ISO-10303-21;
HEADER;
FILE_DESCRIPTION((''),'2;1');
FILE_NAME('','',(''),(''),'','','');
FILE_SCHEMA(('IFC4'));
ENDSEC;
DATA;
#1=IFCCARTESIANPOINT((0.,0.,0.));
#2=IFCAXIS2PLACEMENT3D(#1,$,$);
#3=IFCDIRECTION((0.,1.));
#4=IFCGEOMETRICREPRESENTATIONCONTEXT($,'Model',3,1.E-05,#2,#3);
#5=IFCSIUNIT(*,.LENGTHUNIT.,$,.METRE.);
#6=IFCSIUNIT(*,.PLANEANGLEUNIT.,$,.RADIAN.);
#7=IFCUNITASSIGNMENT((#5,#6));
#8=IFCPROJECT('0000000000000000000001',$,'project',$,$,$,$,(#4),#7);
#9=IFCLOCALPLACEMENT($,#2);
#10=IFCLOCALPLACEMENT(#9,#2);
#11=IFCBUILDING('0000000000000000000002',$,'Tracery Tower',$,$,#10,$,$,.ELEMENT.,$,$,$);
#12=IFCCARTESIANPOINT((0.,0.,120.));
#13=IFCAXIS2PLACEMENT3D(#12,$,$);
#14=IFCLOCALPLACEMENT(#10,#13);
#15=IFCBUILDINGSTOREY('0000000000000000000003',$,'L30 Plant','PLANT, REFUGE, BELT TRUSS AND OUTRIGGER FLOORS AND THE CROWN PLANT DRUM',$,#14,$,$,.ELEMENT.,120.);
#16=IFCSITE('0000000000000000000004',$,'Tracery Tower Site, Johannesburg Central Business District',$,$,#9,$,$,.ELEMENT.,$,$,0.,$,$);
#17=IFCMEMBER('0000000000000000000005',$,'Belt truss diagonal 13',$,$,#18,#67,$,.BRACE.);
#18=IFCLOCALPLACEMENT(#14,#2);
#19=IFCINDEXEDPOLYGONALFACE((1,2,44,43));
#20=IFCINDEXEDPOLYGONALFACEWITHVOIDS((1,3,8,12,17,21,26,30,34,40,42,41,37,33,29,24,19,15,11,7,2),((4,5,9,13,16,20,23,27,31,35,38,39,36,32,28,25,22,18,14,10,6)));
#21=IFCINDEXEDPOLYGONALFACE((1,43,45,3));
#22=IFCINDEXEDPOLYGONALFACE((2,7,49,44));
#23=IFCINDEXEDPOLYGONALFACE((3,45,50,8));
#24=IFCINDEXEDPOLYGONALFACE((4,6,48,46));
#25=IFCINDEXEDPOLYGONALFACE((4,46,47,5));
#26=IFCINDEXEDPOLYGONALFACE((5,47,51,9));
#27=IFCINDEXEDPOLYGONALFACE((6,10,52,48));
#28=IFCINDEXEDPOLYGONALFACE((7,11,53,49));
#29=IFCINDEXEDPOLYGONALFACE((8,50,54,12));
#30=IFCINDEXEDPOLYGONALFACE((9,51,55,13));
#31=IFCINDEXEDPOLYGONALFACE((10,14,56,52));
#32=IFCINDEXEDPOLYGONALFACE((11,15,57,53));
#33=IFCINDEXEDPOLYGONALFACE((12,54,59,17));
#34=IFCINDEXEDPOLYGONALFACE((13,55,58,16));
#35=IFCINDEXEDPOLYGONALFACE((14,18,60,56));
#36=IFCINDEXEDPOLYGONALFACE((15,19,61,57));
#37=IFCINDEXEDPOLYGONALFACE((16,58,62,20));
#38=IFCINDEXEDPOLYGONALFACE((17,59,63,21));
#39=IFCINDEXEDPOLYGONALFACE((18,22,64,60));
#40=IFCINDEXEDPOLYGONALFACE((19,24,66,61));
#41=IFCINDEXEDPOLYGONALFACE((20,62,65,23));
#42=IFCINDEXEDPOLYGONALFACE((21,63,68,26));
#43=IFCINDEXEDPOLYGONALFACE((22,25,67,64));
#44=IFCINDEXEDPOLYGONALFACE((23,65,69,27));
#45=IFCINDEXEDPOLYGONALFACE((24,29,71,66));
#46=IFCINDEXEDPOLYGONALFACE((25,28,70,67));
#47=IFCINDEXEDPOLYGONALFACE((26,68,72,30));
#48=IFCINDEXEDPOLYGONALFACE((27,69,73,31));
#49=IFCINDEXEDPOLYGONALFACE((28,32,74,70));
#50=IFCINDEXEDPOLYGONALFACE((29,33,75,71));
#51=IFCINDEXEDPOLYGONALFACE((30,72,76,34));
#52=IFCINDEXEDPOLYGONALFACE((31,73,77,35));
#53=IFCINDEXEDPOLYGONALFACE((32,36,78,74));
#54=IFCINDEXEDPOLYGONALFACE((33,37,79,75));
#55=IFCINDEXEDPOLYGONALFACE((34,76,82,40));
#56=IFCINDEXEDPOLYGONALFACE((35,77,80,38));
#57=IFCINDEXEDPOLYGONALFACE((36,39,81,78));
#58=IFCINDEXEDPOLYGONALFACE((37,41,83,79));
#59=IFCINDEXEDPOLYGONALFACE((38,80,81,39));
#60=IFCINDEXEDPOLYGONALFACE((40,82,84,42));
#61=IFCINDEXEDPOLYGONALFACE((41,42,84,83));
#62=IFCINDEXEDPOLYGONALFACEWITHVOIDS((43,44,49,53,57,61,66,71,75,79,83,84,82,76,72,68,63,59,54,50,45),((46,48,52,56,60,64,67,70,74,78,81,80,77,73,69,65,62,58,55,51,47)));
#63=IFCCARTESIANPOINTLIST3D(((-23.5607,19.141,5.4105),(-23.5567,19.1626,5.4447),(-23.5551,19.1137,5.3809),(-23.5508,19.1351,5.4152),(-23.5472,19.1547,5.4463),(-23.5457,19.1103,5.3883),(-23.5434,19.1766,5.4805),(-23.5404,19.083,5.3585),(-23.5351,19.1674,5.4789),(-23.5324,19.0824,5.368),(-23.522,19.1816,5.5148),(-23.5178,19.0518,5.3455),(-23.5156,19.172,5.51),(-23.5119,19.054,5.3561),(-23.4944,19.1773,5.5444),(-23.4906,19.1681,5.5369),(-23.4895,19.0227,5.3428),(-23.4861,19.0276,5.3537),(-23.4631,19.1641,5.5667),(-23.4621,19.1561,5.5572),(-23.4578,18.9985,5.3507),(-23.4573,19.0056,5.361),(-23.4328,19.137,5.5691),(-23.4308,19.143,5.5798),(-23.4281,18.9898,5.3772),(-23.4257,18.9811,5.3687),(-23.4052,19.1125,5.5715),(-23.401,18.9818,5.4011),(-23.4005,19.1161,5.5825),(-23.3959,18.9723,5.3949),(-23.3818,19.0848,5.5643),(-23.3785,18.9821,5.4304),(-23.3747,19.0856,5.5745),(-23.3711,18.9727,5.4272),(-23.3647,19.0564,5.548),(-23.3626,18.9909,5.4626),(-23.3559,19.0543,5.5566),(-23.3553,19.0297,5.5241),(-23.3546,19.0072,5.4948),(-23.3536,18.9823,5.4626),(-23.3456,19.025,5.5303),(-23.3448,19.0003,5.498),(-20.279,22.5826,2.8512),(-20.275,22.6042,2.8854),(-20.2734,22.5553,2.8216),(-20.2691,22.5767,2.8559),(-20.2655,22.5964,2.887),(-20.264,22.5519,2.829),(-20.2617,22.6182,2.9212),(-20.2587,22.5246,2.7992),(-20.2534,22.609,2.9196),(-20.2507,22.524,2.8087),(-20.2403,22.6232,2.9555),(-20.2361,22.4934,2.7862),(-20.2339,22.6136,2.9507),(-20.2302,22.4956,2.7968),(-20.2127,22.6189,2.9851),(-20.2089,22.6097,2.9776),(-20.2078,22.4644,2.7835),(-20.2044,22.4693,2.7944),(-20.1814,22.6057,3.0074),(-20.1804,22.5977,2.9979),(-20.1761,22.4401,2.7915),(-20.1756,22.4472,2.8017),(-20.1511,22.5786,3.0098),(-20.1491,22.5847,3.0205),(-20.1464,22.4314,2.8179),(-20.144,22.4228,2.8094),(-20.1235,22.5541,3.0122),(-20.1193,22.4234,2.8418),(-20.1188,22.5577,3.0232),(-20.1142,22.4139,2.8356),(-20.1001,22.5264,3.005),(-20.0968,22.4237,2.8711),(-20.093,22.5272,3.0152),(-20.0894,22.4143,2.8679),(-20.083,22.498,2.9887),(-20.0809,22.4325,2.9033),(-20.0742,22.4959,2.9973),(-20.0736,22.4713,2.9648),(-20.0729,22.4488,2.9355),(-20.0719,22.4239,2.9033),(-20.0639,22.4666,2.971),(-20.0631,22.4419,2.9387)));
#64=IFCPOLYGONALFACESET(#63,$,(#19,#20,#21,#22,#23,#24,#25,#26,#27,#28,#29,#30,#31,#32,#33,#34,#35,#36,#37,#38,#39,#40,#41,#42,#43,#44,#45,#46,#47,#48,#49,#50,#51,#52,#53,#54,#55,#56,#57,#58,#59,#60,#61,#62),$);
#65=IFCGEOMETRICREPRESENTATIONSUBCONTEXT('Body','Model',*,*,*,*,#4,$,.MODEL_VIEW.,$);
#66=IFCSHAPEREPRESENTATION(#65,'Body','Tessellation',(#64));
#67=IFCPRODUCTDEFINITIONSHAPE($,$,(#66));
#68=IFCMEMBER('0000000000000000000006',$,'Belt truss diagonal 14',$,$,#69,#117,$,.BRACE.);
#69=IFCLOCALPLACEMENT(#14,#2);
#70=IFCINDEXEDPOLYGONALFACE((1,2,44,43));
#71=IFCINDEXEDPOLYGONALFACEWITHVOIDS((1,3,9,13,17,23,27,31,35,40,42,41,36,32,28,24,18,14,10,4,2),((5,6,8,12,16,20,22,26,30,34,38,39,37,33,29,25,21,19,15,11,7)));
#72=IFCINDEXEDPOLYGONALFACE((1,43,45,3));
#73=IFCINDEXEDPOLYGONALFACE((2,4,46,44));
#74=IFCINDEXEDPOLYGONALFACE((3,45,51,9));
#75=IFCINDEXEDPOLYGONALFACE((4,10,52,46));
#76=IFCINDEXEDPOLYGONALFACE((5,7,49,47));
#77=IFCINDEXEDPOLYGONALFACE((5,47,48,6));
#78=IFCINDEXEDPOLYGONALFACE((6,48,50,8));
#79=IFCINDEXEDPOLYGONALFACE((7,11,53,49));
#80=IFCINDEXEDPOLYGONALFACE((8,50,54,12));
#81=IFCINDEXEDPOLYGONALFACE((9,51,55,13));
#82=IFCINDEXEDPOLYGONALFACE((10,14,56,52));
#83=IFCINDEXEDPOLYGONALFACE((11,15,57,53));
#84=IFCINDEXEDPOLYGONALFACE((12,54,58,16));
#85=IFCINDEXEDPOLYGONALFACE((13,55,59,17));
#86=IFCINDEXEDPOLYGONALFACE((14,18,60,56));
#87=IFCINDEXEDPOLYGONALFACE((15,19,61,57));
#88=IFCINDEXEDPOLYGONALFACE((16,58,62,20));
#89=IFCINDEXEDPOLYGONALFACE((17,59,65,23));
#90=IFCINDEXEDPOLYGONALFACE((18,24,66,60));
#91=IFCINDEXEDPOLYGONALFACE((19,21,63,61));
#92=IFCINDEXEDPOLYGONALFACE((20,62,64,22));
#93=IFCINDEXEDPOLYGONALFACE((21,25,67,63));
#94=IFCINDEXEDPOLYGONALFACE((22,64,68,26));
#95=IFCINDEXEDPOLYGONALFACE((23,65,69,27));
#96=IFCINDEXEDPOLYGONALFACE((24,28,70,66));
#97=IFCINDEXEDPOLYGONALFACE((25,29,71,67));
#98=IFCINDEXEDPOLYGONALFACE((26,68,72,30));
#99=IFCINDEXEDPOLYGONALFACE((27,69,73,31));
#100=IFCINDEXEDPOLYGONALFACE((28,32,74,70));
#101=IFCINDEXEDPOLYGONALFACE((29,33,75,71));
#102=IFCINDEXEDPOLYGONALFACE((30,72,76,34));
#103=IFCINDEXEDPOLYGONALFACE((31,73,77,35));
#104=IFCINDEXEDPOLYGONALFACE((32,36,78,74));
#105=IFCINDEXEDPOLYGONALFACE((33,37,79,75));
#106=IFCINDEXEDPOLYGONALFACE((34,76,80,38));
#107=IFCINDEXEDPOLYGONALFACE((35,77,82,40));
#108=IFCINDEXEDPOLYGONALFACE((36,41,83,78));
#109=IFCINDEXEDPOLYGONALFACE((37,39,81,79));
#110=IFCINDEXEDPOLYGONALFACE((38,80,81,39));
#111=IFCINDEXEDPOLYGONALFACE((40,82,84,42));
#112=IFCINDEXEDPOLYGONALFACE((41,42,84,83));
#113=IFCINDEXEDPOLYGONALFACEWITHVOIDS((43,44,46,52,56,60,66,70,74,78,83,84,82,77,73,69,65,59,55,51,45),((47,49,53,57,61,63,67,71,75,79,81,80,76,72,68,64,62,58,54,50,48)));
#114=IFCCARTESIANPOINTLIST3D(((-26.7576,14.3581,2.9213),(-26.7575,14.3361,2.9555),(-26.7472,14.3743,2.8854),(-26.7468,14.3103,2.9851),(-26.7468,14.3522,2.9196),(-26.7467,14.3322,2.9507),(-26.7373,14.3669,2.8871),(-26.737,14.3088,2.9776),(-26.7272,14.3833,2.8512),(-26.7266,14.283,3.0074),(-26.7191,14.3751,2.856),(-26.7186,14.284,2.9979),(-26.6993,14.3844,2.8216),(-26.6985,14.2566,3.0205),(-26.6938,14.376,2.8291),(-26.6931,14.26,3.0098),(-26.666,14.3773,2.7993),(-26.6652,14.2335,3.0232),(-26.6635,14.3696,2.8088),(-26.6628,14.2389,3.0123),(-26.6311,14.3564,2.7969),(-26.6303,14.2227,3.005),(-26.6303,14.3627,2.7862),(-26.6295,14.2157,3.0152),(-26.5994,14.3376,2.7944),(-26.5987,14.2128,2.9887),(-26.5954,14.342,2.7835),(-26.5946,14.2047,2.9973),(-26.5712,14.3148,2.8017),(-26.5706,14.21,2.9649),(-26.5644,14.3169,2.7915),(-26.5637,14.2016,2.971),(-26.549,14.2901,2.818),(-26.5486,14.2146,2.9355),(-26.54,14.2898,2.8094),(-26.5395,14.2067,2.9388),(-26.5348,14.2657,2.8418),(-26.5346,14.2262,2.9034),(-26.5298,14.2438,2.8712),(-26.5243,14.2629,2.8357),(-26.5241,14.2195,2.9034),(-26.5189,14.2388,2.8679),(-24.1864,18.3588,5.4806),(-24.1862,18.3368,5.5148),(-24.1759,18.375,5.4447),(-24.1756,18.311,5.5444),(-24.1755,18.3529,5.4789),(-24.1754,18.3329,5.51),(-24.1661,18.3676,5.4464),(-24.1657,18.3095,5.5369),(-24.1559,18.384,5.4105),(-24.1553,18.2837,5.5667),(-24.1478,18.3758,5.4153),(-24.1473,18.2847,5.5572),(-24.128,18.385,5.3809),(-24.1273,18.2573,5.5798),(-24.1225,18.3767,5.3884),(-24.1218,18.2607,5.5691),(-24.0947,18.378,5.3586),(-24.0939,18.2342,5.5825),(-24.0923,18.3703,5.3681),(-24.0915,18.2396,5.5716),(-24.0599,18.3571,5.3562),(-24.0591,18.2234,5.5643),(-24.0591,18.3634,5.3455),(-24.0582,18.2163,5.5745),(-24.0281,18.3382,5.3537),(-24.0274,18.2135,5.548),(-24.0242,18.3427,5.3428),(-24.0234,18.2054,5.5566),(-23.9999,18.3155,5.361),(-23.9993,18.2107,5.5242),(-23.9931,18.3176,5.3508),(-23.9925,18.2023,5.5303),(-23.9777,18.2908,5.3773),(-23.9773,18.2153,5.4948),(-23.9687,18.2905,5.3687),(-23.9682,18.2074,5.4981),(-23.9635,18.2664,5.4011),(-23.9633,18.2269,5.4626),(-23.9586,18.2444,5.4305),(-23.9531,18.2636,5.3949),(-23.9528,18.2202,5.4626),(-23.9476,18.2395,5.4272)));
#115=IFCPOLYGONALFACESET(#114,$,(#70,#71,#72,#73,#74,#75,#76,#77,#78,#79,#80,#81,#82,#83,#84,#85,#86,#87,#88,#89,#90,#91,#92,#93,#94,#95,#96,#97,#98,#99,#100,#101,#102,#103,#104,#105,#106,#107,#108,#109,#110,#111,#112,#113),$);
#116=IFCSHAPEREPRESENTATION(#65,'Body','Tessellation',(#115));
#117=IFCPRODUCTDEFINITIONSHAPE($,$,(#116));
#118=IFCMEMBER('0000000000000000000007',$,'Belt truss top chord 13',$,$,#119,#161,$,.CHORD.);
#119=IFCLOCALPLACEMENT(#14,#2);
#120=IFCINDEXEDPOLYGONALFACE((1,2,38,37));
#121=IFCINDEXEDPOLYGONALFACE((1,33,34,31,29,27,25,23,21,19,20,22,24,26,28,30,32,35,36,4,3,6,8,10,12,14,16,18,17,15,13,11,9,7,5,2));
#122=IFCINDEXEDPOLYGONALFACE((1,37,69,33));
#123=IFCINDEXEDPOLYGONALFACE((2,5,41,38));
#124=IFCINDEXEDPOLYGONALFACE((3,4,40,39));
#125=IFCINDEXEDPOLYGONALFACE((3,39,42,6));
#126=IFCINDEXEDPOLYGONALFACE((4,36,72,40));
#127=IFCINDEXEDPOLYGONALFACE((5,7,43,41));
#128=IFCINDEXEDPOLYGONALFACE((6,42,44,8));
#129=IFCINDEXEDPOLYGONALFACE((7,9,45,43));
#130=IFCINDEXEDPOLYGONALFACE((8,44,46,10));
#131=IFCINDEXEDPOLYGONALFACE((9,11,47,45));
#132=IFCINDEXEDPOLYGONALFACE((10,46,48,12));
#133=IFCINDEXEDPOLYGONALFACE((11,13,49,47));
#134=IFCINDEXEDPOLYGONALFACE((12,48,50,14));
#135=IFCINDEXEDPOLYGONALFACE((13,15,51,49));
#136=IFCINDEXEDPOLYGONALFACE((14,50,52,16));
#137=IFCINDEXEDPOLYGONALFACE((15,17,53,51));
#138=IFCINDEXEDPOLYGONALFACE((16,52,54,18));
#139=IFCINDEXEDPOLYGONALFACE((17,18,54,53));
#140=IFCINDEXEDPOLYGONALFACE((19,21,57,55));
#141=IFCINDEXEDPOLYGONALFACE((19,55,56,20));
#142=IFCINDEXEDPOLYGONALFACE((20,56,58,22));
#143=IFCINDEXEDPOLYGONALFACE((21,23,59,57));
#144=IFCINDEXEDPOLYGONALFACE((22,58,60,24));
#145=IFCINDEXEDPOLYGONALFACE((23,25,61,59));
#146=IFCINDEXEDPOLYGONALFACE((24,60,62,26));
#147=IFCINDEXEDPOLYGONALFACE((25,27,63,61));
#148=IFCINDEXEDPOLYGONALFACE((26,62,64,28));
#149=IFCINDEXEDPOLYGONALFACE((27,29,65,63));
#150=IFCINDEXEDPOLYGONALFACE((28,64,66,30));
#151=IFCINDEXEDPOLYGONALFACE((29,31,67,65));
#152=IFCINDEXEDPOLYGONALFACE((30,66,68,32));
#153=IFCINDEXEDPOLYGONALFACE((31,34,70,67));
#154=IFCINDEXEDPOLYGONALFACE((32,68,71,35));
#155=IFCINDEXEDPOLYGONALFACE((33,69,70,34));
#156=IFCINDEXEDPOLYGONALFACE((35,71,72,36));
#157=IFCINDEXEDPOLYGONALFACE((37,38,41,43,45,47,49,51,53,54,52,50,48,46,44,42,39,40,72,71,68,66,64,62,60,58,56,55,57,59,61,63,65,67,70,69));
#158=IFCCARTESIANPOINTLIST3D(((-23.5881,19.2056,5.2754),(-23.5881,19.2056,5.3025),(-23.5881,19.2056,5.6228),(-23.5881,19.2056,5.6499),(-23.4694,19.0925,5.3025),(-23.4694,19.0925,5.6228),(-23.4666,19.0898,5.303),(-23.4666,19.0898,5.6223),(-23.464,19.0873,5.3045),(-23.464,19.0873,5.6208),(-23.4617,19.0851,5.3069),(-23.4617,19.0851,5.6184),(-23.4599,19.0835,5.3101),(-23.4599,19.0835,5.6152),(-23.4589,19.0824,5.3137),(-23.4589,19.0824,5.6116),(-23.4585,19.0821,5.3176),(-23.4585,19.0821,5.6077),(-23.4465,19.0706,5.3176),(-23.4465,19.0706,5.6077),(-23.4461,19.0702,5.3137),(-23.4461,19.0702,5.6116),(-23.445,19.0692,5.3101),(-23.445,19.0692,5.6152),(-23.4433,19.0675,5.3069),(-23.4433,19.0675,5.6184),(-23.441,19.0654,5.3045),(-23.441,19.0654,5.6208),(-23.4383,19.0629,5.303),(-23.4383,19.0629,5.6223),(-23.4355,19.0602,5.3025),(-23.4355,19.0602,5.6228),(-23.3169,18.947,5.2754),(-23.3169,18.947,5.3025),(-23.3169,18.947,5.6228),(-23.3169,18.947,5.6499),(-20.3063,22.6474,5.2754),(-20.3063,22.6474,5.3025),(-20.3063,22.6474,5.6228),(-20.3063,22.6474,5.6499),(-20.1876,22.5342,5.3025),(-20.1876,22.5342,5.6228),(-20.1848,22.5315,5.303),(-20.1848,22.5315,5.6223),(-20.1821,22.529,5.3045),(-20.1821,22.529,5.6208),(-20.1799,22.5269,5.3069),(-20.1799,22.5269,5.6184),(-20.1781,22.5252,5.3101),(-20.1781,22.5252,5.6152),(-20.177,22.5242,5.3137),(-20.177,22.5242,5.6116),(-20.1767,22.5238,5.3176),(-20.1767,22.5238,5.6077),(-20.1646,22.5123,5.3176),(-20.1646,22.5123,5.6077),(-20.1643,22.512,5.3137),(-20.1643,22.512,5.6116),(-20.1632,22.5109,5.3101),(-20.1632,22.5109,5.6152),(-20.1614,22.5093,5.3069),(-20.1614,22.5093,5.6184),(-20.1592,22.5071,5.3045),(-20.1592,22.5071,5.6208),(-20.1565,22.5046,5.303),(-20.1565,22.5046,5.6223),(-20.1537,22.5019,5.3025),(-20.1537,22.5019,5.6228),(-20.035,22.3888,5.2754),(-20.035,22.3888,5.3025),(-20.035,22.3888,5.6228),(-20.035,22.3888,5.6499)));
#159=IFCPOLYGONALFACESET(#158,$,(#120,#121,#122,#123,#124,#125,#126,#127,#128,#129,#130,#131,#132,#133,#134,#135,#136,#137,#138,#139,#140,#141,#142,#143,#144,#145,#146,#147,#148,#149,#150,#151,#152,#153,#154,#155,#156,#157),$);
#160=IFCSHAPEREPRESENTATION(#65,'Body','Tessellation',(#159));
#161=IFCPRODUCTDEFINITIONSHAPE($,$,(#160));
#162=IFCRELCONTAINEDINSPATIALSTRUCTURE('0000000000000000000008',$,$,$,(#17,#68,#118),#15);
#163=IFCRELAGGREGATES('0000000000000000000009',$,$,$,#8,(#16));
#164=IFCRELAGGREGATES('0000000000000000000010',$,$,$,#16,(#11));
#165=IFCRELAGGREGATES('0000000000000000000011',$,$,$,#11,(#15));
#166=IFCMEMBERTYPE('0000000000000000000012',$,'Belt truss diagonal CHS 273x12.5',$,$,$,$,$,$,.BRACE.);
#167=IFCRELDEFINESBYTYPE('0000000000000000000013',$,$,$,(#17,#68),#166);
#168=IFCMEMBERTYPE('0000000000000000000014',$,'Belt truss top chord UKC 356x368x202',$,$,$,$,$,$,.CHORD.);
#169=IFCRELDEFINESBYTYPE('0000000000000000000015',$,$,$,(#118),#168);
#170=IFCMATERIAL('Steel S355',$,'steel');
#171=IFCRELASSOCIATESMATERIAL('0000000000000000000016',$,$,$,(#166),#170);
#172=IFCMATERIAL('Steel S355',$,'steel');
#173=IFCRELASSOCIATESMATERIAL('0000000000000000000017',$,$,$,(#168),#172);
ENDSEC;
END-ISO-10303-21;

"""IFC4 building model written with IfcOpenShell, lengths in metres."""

from ifc_helpers import new_model, si_unit, direction, frame, origin, origin_2d, place, context, subcontext, project, spatial, hollow_circle, i_section, extrude, material, material_profile, profile_set, type_object, element, save


model = new_model("IFC4")

# Units and contexts
model_context = context("Model", 3, precision=1e-05, world=origin(), true_north=direction((0.0, 1.0)))
body_context = subcontext(model_context, "Body", "Model", "MODEL_VIEW")
ifc_project = project(units=[si_unit("LENGTHUNIT", "METRE"), si_unit("PLANEANGLEUNIT", "RADIAN")], contexts=[model_context])

# Site, building, storey
site_placement = place(None, origin())
site = spatial("IfcSite", under=ifc_project, at=site_placement, Name="Tracery Tower Site, Johannesburg Central Business District", CompositionType="ELEMENT", RefElevation=0.0)
building_placement = place(site_placement, origin())
building = spatial("IfcBuilding", under=site, at=building_placement, Name="Tracery Tower", CompositionType="ELEMENT")
storey_placement = place(building_placement, frame((0.0, 0.0, 120.0)))
storey = spatial("IfcBuildingStorey", under=building, at=storey_placement, Name="L30 Plant", Description="PLANT, REFUGE, BELT TRUSS AND OUTRIGGER FLOORS AND THE CROWN PLANT DRUM", CompositionType="ELEMENT", Elevation=120.0)

# Members
ifc_material_1 = material(Name="Steel S355", Category="steel")
ifc_material_profile_1 = material_profile(ifc_material_1, hollow_circle(Radius=0.1365, WallThickness=0.0125, at=origin_2d()), Name="CHS 273x12.5")
ifc_profile_set_1 = profile_set([ifc_material_profile_1], Name="Steel S355")
member_type_1 = type_object("IfcMemberType", Name="Belt truss diagonal CHS 273x12.5", PredefinedType="BRACE", material=ifc_profile_set_1)
member_1_placement = place(storey_placement, frame((-20.1707, 22.5181, 2.9033), z_axis=(-0.607678, -0.637289, 0.473909), x_axis=(0.72372, -0.690093, 0.0)))
element("IfcMember", 1, at=member_1_placement, inside=storey, type_object=member_type_1, Name="Belt truss diagonal 13", PredefinedType="BRACE", context=body_context, shape_type="SweptSolid", body=[
    extrude(hollow_circle(Radius=0.1365, WallThickness=0.0125, at=origin_2d()), origin(), (0.0, 0.0, 1.0), 5.4004),
])
member_2_placement = place(storey_placement, frame((-24.0676, 18.2939, 5.4626), z_axis=(-0.476103, -0.740781, -0.473888), x_axis=(0.841237, -0.540667, 0.0)))
element("IfcMember", 2, at=member_2_placement, inside=storey, type_object=member_type_1, Name="Belt truss diagonal 14", PredefinedType="BRACE", context=body_context, shape_type="SweptSolid", body=[
    extrude(hollow_circle(Radius=0.1365, WallThickness=0.0125, at=origin_2d()), origin(), (0.0, 0.0, 1.0), 5.4006),
])
ifc_material_2 = material(Name="Steel S355", Category="steel")
ifc_material_profile_2 = material_profile(ifc_material_2, i_section(OverallWidth=0.3748, OverallDepth=0.3745, WebThickness=0.0166, FlangeThickness=0.0271, FilletRadius=0.0151, at=origin_2d()), Name="UKC 356x368x202")
ifc_profile_set_2 = profile_set([ifc_material_profile_2], Name="Steel S355")
member_type_2 = type_object("IfcMemberType", Name="Belt truss top chord UKC 356x368x202", PredefinedType="CHORD", material=ifc_profile_set_2)
member_3_placement = place(storey_placement, frame((-20.1707, 22.5181, 5.4626), z_axis=(-0.690093, -0.72372, 0.0), x_axis=(0.72372, -0.690093, 0.0)))
element("IfcMember", 3, at=member_3_placement, inside=storey, type_object=member_type_2, Name="Belt truss top chord 13", PredefinedType="CHORD", context=body_context, shape_type="SweptSolid", body=[
    extrude(i_section(OverallWidth=0.3748, OverallDepth=0.3745, WebThickness=0.0166, FlangeThickness=0.0271, FilletRadius=0.0151, at=origin_2d()), origin(), (0.0, 0.0, 1.0), 4.7556),
])

save(model, "model.ifc")
